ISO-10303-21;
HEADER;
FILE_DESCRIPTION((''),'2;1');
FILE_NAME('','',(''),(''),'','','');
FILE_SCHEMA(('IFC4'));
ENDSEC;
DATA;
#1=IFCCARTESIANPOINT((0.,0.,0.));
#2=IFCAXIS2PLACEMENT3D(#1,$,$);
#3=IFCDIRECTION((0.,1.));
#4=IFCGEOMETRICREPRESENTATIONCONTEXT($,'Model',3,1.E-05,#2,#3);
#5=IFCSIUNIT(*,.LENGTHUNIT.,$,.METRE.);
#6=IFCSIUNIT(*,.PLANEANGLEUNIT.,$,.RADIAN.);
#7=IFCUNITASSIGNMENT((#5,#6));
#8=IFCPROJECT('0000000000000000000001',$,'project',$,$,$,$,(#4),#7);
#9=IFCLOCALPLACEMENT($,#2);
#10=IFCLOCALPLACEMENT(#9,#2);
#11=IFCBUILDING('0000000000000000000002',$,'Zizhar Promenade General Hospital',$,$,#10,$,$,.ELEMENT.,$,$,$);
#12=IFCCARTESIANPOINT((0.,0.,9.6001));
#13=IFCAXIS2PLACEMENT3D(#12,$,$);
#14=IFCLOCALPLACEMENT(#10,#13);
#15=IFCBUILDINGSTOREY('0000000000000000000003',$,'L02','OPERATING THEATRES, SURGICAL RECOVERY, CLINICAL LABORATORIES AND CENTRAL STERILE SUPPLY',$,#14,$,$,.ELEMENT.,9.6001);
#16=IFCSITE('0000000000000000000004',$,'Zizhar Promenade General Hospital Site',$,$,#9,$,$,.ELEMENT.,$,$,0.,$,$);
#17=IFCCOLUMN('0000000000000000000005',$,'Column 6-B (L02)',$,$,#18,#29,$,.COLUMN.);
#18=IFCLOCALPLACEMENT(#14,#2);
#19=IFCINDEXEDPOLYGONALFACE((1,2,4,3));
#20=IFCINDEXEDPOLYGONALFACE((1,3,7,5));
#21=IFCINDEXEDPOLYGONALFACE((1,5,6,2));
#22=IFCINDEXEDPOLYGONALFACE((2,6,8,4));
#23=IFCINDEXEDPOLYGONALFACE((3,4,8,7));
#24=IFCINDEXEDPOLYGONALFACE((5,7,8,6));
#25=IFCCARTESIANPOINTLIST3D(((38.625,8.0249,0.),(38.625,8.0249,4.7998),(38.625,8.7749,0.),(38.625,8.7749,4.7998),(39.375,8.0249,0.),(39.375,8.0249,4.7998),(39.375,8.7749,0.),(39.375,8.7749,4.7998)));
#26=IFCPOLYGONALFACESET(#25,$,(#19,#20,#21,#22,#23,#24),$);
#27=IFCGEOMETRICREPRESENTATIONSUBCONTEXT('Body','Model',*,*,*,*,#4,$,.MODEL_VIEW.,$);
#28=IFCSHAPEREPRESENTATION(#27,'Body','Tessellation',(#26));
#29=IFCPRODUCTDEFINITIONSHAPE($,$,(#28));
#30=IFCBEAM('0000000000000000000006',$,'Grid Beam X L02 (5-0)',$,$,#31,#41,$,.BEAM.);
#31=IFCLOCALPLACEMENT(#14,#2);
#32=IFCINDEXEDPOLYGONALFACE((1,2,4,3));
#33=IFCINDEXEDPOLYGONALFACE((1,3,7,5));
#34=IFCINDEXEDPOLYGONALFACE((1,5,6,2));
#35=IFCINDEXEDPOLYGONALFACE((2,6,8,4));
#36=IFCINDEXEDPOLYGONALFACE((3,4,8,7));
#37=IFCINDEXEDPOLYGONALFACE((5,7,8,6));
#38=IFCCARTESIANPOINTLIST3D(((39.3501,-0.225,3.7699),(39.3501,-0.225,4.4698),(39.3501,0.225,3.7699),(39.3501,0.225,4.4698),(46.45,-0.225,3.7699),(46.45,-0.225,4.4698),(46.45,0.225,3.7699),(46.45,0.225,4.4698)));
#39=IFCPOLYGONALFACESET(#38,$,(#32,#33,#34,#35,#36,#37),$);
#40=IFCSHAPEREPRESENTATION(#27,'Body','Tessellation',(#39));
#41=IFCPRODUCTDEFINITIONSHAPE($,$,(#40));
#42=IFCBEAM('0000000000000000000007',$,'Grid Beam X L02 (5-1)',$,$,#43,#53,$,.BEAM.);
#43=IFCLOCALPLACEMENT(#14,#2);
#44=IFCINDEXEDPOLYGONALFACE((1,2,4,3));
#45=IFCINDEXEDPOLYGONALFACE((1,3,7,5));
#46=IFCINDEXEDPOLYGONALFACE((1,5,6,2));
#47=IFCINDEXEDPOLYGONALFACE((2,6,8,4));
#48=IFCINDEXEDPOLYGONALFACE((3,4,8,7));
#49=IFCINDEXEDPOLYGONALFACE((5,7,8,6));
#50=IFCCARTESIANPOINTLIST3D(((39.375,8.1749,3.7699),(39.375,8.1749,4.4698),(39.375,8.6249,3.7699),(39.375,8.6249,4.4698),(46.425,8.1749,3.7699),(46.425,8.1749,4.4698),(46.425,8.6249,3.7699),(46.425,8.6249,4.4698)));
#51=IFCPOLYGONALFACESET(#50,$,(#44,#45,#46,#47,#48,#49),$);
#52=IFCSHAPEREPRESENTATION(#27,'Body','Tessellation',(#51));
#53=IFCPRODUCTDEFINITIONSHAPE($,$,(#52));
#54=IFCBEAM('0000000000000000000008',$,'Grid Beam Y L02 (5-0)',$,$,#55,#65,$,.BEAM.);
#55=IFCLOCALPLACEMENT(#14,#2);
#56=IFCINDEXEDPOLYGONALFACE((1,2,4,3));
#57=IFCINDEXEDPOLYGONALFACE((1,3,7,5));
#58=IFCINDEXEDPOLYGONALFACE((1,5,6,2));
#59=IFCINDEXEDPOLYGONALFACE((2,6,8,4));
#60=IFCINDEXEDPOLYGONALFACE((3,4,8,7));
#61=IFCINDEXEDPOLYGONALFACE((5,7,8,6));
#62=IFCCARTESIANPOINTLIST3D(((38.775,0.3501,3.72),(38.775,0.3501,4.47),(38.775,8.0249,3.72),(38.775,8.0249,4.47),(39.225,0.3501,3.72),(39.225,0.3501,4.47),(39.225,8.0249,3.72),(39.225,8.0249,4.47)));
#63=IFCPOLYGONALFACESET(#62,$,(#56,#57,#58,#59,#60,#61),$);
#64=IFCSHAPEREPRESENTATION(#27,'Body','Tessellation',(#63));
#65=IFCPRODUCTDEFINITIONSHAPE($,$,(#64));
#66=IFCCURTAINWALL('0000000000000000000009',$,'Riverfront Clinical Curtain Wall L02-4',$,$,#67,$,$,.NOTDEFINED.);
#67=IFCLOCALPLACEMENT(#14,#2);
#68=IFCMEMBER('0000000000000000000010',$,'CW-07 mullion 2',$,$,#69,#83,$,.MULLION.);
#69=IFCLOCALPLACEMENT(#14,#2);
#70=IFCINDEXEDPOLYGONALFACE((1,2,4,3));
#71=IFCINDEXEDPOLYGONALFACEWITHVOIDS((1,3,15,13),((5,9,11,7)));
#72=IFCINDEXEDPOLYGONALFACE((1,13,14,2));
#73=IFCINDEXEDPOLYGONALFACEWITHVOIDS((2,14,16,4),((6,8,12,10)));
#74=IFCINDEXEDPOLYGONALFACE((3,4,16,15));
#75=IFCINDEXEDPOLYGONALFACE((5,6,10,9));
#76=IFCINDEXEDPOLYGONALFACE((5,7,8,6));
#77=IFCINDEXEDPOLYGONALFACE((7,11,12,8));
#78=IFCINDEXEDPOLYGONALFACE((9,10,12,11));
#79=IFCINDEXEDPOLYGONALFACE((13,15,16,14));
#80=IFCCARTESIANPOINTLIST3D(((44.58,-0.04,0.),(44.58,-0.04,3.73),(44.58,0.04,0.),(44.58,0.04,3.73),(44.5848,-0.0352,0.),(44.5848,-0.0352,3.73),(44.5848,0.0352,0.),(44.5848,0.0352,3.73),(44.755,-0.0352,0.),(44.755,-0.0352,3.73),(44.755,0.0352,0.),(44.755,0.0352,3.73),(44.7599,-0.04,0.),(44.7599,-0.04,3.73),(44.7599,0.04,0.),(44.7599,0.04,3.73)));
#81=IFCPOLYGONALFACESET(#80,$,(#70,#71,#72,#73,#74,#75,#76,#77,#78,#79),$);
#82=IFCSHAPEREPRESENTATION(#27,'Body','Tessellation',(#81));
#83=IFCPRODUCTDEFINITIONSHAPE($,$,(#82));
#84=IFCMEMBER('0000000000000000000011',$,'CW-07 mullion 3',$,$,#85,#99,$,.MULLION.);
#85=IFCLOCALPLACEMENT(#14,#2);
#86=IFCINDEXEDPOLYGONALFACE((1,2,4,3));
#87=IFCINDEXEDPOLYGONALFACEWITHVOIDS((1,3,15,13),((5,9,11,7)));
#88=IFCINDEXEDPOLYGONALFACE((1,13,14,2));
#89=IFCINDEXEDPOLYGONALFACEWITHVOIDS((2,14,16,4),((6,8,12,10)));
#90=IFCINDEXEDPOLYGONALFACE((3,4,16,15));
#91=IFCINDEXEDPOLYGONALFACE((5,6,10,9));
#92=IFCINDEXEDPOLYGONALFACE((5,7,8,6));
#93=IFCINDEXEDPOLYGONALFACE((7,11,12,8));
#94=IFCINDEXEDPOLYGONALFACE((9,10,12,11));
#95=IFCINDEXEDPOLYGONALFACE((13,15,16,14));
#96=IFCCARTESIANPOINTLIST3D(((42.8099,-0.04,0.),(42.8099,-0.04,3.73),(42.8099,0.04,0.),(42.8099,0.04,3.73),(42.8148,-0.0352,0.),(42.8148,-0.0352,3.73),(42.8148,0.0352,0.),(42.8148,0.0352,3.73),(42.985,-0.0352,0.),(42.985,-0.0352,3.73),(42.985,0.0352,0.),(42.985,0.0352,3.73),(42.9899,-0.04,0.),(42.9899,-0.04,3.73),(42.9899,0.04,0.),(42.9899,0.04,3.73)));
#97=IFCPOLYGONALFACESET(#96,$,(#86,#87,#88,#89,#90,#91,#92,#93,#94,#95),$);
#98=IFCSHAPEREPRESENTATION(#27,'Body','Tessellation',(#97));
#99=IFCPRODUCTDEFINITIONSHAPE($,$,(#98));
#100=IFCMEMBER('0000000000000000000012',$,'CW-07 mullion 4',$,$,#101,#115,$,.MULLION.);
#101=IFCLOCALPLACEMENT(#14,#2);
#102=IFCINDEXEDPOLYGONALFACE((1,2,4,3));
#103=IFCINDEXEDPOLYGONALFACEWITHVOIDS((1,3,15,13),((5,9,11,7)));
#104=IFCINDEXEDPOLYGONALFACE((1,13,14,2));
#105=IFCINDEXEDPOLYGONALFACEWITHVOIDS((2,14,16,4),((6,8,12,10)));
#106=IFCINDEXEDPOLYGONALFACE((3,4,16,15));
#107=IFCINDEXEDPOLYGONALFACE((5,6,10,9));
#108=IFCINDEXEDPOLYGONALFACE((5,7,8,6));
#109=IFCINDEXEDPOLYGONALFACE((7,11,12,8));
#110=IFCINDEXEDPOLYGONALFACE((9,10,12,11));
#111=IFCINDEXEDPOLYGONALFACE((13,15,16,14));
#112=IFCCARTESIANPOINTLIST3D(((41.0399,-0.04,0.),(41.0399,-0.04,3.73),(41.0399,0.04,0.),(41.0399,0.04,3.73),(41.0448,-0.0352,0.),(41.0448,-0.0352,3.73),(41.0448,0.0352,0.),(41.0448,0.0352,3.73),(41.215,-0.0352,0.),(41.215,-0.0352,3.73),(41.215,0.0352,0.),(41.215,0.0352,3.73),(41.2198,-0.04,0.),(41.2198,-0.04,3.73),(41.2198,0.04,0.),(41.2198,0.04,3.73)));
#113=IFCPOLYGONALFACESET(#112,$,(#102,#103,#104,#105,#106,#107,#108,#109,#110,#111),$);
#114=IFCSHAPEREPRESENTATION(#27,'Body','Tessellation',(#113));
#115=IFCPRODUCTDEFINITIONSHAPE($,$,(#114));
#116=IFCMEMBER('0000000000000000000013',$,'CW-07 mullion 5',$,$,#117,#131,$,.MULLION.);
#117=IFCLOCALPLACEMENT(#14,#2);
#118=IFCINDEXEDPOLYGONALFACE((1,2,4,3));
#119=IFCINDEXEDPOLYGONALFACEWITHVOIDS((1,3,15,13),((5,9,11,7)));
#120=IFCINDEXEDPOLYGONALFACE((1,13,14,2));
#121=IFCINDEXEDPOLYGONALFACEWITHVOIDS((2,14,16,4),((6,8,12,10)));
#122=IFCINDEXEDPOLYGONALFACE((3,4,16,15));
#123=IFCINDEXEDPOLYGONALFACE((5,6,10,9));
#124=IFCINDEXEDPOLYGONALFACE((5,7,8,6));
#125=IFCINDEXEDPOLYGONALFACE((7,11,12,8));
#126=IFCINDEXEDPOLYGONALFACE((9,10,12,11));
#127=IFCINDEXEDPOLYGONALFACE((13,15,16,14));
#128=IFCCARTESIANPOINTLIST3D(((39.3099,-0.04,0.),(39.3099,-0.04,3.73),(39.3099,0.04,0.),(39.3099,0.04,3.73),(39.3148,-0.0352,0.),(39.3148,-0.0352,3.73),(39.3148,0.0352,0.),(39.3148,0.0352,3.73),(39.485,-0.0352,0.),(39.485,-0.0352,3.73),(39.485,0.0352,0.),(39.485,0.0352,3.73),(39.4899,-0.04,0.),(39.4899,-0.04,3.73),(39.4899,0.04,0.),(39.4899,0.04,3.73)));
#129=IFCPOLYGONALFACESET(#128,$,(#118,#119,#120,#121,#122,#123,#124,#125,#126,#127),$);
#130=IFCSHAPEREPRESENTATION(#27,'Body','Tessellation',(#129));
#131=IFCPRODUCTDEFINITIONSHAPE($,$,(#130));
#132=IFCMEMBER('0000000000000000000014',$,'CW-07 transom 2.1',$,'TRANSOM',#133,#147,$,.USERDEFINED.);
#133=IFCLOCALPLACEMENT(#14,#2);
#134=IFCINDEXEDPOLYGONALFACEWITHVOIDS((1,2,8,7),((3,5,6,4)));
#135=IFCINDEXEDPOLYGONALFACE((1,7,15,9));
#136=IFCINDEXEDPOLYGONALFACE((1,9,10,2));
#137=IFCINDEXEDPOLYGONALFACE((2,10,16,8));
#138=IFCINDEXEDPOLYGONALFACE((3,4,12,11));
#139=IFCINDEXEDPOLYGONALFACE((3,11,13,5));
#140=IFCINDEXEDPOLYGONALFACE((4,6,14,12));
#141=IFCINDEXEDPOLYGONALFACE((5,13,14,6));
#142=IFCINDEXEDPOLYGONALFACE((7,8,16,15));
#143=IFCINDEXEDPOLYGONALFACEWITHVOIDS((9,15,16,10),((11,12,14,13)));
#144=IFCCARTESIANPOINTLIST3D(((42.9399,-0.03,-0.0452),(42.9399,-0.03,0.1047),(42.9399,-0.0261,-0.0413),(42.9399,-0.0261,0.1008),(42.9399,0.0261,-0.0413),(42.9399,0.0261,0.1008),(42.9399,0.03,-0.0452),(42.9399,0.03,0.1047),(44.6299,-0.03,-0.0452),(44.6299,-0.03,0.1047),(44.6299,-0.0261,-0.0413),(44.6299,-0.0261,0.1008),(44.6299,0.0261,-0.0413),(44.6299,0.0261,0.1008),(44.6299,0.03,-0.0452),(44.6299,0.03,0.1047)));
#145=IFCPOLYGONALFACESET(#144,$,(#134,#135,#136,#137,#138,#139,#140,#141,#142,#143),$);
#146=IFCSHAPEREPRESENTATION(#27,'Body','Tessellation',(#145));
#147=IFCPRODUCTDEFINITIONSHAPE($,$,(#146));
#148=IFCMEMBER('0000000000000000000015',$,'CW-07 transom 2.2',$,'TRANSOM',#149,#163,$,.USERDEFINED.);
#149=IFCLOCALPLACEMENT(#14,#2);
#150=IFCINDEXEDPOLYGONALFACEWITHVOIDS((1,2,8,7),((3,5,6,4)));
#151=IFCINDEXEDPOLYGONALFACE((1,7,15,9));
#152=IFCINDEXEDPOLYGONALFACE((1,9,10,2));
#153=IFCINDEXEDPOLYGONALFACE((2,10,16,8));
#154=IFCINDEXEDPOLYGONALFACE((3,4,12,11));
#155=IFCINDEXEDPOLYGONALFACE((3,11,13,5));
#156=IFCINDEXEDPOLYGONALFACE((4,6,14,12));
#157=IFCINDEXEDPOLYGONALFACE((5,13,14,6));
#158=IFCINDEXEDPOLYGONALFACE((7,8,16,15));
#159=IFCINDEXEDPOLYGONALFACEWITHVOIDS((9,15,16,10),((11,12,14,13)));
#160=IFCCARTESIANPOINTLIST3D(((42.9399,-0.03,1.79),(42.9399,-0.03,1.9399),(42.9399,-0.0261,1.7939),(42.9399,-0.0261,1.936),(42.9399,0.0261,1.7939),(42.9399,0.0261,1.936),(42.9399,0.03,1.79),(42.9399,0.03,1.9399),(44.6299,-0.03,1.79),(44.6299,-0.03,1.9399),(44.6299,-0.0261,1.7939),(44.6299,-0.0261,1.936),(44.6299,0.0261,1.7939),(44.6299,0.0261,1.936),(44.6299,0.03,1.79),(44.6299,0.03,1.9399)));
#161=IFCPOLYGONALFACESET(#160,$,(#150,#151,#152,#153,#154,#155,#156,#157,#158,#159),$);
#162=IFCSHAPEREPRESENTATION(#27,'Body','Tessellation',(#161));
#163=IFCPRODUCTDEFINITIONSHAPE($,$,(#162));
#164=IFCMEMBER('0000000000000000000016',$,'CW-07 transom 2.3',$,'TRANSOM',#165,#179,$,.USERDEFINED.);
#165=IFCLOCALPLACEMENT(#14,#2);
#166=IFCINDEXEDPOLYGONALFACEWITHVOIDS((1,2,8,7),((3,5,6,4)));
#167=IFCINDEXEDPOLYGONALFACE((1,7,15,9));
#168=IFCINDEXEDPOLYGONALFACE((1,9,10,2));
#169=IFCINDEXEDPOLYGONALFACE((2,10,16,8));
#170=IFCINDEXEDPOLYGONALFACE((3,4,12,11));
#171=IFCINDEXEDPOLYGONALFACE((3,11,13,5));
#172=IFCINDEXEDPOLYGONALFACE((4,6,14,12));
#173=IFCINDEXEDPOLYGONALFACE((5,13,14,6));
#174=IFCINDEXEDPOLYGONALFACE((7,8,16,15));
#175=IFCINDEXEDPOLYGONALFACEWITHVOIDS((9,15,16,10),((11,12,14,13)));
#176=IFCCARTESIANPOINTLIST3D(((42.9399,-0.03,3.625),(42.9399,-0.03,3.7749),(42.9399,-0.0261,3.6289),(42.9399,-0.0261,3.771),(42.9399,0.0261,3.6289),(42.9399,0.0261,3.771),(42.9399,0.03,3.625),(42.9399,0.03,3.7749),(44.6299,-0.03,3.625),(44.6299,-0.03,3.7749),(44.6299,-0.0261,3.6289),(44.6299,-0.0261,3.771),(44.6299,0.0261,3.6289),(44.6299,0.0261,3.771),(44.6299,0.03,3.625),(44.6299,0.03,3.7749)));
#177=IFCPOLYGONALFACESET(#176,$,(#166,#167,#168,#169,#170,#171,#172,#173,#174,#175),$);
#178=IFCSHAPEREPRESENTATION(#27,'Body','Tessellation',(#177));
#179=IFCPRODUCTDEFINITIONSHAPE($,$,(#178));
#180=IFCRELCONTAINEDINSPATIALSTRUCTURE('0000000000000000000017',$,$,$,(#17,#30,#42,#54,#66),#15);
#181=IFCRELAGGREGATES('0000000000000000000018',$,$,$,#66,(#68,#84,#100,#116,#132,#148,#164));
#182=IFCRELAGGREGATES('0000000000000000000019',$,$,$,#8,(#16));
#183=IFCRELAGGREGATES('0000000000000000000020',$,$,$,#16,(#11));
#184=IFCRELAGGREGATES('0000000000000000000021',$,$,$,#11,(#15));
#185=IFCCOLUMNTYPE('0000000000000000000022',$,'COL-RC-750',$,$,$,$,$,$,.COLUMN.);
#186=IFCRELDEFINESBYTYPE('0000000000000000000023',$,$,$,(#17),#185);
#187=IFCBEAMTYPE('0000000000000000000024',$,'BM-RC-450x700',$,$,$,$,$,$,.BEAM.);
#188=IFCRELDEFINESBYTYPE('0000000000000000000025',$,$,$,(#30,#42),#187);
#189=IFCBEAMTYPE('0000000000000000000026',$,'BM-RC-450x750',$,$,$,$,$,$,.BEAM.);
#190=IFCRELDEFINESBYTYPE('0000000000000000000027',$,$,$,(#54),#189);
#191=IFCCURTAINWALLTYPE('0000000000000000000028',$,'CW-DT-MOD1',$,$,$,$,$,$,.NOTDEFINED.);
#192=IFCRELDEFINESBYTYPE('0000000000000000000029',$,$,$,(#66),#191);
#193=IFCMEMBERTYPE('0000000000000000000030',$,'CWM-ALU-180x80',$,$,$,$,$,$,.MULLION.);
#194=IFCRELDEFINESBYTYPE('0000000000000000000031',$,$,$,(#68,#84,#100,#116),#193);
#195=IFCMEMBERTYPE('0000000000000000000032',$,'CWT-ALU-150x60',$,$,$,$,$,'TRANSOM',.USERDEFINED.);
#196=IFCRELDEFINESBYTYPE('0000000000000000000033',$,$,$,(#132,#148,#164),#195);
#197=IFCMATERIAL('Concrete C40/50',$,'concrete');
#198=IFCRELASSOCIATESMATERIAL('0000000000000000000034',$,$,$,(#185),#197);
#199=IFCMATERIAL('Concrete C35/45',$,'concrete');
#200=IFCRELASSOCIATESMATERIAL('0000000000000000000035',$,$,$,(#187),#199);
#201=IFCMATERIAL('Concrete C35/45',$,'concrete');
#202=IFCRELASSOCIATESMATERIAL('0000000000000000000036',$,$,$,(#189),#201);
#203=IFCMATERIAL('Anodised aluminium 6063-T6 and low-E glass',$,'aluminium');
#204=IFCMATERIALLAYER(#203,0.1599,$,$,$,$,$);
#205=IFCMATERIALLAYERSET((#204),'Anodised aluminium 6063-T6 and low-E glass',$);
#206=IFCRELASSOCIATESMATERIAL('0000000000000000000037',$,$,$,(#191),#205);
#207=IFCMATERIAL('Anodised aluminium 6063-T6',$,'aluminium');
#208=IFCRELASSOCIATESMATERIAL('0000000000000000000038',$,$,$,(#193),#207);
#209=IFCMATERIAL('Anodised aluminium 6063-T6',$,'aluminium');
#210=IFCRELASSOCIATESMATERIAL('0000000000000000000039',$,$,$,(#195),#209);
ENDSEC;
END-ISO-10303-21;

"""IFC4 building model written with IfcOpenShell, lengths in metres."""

from ifc_helpers import new_model, si_unit, direction, frame, origin, origin_2d, place, context, subcontext, project, spatial, rectangle, hollow_rectangle, extrude, material, layer, layer_set, material_profile, profile_set, type_object, element, aggregate, save


model = new_model("IFC4")

# Units and contexts
model_context = context("Model", 3, precision=1e-05, world=origin(), true_north=direction((0.0, 1.0)))
body_context = subcontext(model_context, "Body", "Model", "MODEL_VIEW")
ifc_project = project(units=[si_unit("LENGTHUNIT", "METRE"), si_unit("PLANEANGLEUNIT", "RADIAN")], contexts=[model_context])

# Site, building, storey
site_placement = place(None, origin())
site = spatial("IfcSite", under=ifc_project, at=site_placement, Name="Zizhar Promenade General Hospital Site", CompositionType="ELEMENT", RefElevation=0.0)
building_placement = place(site_placement, origin())
building = spatial("IfcBuilding", under=site, at=building_placement, Name="Zizhar Promenade General Hospital", CompositionType="ELEMENT")
storey_placement = place(building_placement, frame((0.0, 0.0, 9.6001)))
storey = spatial("IfcBuildingStorey", under=building, at=storey_placement, Name="L02", Description="OPERATING THEATRES, SURGICAL RECOVERY, CLINICAL LABORATORIES AND CENTRAL STERILE SUPPLY", CompositionType="ELEMENT", Elevation=9.6001)

# Column
ifc_material_1 = material(Name="Concrete C40/50", Category="concrete")
ifc_material_profile_1 = material_profile(ifc_material_1, rectangle(XDim=0.75, YDim=0.75, at=origin_2d()))
ifc_profile_set_1 = profile_set([ifc_material_profile_1], Name="Concrete C40/50")
column_type = type_object("IfcColumnType", Name="COL-RC-750", PredefinedType="COLUMN", material=ifc_profile_set_1)
column_placement = place(storey_placement, frame((39.0, 8.3999, 0.0), z_axis=(0.0, 0.0, 1.0), x_axis=(1.0, 0.0, 0.0)))
element("IfcColumn", 1, at=column_placement, inside=storey, type_object=column_type, Name="Column 6-B (L02)", PredefinedType="COLUMN", context=body_context, shape_type="SweptSolid", body=[
    extrude(rectangle(XDim=0.75, YDim=0.75, at=origin_2d()), origin(), (0.0, 0.0, 1.0), 4.7998),
])

# Beams
ifc_material_2 = material(Name="Concrete C35/45", Category="concrete")
ifc_material_profile_2 = material_profile(ifc_material_2, rectangle(XDim=0.45, YDim=0.7, at=origin_2d()))
ifc_profile_set_2 = profile_set([ifc_material_profile_2], Name="Concrete C35/45")
beam_type_1 = type_object("IfcBeamType", Name="BM-RC-450x700", PredefinedType="BEAM", material=ifc_profile_set_2)
beam_1_placement = place(storey_placement, frame((39.3501, 0.0, 4.1199), z_axis=(1.0, 0.0, 0.0), x_axis=(0.0, 1.0, 0.0)))
element("IfcBeam", 2, at=beam_1_placement, inside=storey, type_object=beam_type_1, Name="Grid Beam X L02 (5-0)", PredefinedType="BEAM", context=body_context, shape_type="SweptSolid", body=[
    extrude(rectangle(XDim=0.45, YDim=0.7, at=origin_2d()), origin(), (0.0, 0.0, 1.0), 7.0999),
])
beam_2_placement = place(storey_placement, frame((39.375, 8.3999, 4.1199), z_axis=(1.0, 0.0, 0.0), x_axis=(0.0, 1.0, 0.0)))
element("IfcBeam", 3, at=beam_2_placement, inside=storey, type_object=beam_type_1, Name="Grid Beam X L02 (5-1)", PredefinedType="BEAM", context=body_context, shape_type="SweptSolid", body=[
    extrude(rectangle(XDim=0.45, YDim=0.7, at=origin_2d()), origin(), (0.0, 0.0, 1.0), 7.05),
])
ifc_material_3 = material(Name="Concrete C35/45", Category="concrete")
ifc_material_profile_3 = material_profile(ifc_material_3, rectangle(XDim=0.45, YDim=0.75, at=origin_2d()))
ifc_profile_set_3 = profile_set([ifc_material_profile_3], Name="Concrete C35/45")
beam_type_2 = type_object("IfcBeamType", Name="BM-RC-450x750", PredefinedType="BEAM", material=ifc_profile_set_3)
beam_3_placement = place(storey_placement, frame((39.0, 0.3501, 4.095), z_axis=(0.0, 1.0, 0.0), x_axis=(-1.0, 0.0, 0.0)))
element("IfcBeam", 4, at=beam_3_placement, inside=storey, type_object=beam_type_2, Name="Grid Beam Y L02 (5-0)", PredefinedType="BEAM", context=body_context, shape_type="SweptSolid", body=[
    extrude(rectangle(XDim=0.45, YDim=0.75, at=origin_2d()), origin(), (0.0, 0.0, 1.0), 7.6748),
])

# Curtain wall, members
ifc_material_4 = material(Name="Anodised aluminium 6063-T6 and low-E glass", Category="aluminium")
ifc_layer_1 = layer(ifc_material_4, 0.1599)
ifc_layer_set_1 = layer_set([ifc_layer_1], Name="Anodised aluminium 6063-T6 and low-E glass")
curtain_wall_type = type_object("IfcCurtainWallType", Name="CW-DT-MOD1", PredefinedType="NOTDEFINED", material=ifc_layer_set_1)
curtain_wall_placement = place(storey_placement, origin())
curtain_wall = element("IfcCurtainWall", 5, at=curtain_wall_placement, inside=storey, type_object=curtain_wall_type, Name="Riverfront Clinical Curtain Wall L02-4", PredefinedType="NOTDEFINED")
ifc_material_5 = material(Name="Anodised aluminium 6063-T6", Category="aluminium")
ifc_material_profile_4 = material_profile(ifc_material_5, hollow_rectangle(XDim=0.0801, YDim=0.1799, WallThickness=0.0049, at=origin_2d()))
ifc_profile_set_4 = profile_set([ifc_material_profile_4], Name="Anodised aluminium 6063-T6")
member_type_1 = type_object("IfcMemberType", Name="CWM-ALU-180x80", PredefinedType="MULLION", material=ifc_profile_set_4)
member_1_placement = place(storey_placement, frame((44.6699, 0.0, 0.0), z_axis=(0.0, 0.0, 1.0), x_axis=(0.0, -1.0, 0.0)))
member_1 = element("IfcMember", 6, at=member_1_placement, type_object=member_type_1, Name="CW-07 mullion 2", PredefinedType="MULLION", context=body_context, shape_type="SweptSolid", body=[
    extrude(hollow_rectangle(XDim=0.0801, YDim=0.1799, WallThickness=0.0049, at=origin_2d()), origin(), (0.0, 0.0, 1.0), 3.73),
])
member_2_placement = place(storey_placement, frame((42.8999, 0.0, 0.0), z_axis=(0.0, 0.0, 1.0), x_axis=(0.0, -1.0, 0.0)))
member_2 = element("IfcMember", 7, at=member_2_placement, type_object=member_type_1, Name="CW-07 mullion 3", PredefinedType="MULLION", context=body_context, shape_type="SweptSolid", body=[
    extrude(hollow_rectangle(XDim=0.0801, YDim=0.1799, WallThickness=0.0049, at=origin_2d()), origin(), (0.0, 0.0, 1.0), 3.73),
])
member_3_placement = place(storey_placement, frame((41.1299, 0.0, 0.0), z_axis=(0.0, 0.0, 1.0), x_axis=(0.0, -1.0, 0.0)))
member_3 = element("IfcMember", 8, at=member_3_placement, type_object=member_type_1, Name="CW-07 mullion 4", PredefinedType="MULLION", context=body_context, shape_type="SweptSolid", body=[
    extrude(hollow_rectangle(XDim=0.0801, YDim=0.1799, WallThickness=0.0049, at=origin_2d()), origin(), (0.0, 0.0, 1.0), 3.73),
])
member_4_placement = place(storey_placement, frame((39.3999, 0.0, 0.0), z_axis=(0.0, 0.0, 1.0), x_axis=(0.0, -1.0, 0.0)))
member_4 = element("IfcMember", 9, at=member_4_placement, type_object=member_type_1, Name="CW-07 mullion 5", PredefinedType="MULLION", context=body_context, shape_type="SweptSolid", body=[
    extrude(hollow_rectangle(XDim=0.0801, YDim=0.1799, WallThickness=0.0049, at=origin_2d()), origin(), (0.0, 0.0, 1.0), 3.73),
])
ifc_material_6 = material(Name="Anodised aluminium 6063-T6", Category="aluminium")
ifc_material_profile_5 = material_profile(ifc_material_6, hollow_rectangle(XDim=0.0601, YDim=0.1499, WallThickness=0.0039, at=origin_2d()))
ifc_profile_set_5 = profile_set([ifc_material_profile_5], Name="Anodised aluminium 6063-T6")
member_type_2 = type_object("IfcMemberType", Name="CWT-ALU-150x60", ElementType="TRANSOM", PredefinedType="USERDEFINED", material=ifc_profile_set_5)
member_5_placement = place(storey_placement, frame((44.6299, 0.0, 0.0298), z_axis=(-1.0, 0.0, 0.0), x_axis=(0.0, -1.0, 0.0)))
member_5 = element("IfcMember", 10, at=member_5_placement, type_object=member_type_2, Name="CW-07 transom 2.1", ObjectType="TRANSOM", PredefinedType="USERDEFINED", context=body_context, shape_type="SweptSolid", body=[
    extrude(hollow_rectangle(XDim=0.0601, YDim=0.1499, WallThickness=0.0039, at=origin_2d()), origin(), (0.0, 0.0, 1.0), 1.6899),
])
member_6_placement = place(storey_placement, frame((44.6299, 0.0, 1.865), z_axis=(-1.0, 0.0, 0.0), x_axis=(0.0, -1.0, 0.0)))
member_6 = element("IfcMember", 11, at=member_6_placement, type_object=member_type_2, Name="CW-07 transom 2.2", ObjectType="TRANSOM", PredefinedType="USERDEFINED", context=body_context, shape_type="SweptSolid", body=[
    extrude(hollow_rectangle(XDim=0.0601, YDim=0.1499, WallThickness=0.0039, at=origin_2d()), origin(), (0.0, 0.0, 1.0), 1.6899),
])
member_7_placement = place(storey_placement, frame((44.6299, 0.0, 3.7), z_axis=(-1.0, 0.0, 0.0), x_axis=(0.0, -1.0, 0.0)))
member_7 = element("IfcMember", 12, at=member_7_placement, type_object=member_type_2, Name="CW-07 transom 2.3", ObjectType="TRANSOM", PredefinedType="USERDEFINED", context=body_context, shape_type="SweptSolid", body=[
    extrude(hollow_rectangle(XDim=0.0601, YDim=0.1499, WallThickness=0.0039, at=origin_2d()), origin(), (0.0, 0.0, 1.0), 1.6899),
])
aggregate(curtain_wall, [member_1, member_2, member_3, member_4, member_5, member_6, member_7])

save(model, "model.ifc")
